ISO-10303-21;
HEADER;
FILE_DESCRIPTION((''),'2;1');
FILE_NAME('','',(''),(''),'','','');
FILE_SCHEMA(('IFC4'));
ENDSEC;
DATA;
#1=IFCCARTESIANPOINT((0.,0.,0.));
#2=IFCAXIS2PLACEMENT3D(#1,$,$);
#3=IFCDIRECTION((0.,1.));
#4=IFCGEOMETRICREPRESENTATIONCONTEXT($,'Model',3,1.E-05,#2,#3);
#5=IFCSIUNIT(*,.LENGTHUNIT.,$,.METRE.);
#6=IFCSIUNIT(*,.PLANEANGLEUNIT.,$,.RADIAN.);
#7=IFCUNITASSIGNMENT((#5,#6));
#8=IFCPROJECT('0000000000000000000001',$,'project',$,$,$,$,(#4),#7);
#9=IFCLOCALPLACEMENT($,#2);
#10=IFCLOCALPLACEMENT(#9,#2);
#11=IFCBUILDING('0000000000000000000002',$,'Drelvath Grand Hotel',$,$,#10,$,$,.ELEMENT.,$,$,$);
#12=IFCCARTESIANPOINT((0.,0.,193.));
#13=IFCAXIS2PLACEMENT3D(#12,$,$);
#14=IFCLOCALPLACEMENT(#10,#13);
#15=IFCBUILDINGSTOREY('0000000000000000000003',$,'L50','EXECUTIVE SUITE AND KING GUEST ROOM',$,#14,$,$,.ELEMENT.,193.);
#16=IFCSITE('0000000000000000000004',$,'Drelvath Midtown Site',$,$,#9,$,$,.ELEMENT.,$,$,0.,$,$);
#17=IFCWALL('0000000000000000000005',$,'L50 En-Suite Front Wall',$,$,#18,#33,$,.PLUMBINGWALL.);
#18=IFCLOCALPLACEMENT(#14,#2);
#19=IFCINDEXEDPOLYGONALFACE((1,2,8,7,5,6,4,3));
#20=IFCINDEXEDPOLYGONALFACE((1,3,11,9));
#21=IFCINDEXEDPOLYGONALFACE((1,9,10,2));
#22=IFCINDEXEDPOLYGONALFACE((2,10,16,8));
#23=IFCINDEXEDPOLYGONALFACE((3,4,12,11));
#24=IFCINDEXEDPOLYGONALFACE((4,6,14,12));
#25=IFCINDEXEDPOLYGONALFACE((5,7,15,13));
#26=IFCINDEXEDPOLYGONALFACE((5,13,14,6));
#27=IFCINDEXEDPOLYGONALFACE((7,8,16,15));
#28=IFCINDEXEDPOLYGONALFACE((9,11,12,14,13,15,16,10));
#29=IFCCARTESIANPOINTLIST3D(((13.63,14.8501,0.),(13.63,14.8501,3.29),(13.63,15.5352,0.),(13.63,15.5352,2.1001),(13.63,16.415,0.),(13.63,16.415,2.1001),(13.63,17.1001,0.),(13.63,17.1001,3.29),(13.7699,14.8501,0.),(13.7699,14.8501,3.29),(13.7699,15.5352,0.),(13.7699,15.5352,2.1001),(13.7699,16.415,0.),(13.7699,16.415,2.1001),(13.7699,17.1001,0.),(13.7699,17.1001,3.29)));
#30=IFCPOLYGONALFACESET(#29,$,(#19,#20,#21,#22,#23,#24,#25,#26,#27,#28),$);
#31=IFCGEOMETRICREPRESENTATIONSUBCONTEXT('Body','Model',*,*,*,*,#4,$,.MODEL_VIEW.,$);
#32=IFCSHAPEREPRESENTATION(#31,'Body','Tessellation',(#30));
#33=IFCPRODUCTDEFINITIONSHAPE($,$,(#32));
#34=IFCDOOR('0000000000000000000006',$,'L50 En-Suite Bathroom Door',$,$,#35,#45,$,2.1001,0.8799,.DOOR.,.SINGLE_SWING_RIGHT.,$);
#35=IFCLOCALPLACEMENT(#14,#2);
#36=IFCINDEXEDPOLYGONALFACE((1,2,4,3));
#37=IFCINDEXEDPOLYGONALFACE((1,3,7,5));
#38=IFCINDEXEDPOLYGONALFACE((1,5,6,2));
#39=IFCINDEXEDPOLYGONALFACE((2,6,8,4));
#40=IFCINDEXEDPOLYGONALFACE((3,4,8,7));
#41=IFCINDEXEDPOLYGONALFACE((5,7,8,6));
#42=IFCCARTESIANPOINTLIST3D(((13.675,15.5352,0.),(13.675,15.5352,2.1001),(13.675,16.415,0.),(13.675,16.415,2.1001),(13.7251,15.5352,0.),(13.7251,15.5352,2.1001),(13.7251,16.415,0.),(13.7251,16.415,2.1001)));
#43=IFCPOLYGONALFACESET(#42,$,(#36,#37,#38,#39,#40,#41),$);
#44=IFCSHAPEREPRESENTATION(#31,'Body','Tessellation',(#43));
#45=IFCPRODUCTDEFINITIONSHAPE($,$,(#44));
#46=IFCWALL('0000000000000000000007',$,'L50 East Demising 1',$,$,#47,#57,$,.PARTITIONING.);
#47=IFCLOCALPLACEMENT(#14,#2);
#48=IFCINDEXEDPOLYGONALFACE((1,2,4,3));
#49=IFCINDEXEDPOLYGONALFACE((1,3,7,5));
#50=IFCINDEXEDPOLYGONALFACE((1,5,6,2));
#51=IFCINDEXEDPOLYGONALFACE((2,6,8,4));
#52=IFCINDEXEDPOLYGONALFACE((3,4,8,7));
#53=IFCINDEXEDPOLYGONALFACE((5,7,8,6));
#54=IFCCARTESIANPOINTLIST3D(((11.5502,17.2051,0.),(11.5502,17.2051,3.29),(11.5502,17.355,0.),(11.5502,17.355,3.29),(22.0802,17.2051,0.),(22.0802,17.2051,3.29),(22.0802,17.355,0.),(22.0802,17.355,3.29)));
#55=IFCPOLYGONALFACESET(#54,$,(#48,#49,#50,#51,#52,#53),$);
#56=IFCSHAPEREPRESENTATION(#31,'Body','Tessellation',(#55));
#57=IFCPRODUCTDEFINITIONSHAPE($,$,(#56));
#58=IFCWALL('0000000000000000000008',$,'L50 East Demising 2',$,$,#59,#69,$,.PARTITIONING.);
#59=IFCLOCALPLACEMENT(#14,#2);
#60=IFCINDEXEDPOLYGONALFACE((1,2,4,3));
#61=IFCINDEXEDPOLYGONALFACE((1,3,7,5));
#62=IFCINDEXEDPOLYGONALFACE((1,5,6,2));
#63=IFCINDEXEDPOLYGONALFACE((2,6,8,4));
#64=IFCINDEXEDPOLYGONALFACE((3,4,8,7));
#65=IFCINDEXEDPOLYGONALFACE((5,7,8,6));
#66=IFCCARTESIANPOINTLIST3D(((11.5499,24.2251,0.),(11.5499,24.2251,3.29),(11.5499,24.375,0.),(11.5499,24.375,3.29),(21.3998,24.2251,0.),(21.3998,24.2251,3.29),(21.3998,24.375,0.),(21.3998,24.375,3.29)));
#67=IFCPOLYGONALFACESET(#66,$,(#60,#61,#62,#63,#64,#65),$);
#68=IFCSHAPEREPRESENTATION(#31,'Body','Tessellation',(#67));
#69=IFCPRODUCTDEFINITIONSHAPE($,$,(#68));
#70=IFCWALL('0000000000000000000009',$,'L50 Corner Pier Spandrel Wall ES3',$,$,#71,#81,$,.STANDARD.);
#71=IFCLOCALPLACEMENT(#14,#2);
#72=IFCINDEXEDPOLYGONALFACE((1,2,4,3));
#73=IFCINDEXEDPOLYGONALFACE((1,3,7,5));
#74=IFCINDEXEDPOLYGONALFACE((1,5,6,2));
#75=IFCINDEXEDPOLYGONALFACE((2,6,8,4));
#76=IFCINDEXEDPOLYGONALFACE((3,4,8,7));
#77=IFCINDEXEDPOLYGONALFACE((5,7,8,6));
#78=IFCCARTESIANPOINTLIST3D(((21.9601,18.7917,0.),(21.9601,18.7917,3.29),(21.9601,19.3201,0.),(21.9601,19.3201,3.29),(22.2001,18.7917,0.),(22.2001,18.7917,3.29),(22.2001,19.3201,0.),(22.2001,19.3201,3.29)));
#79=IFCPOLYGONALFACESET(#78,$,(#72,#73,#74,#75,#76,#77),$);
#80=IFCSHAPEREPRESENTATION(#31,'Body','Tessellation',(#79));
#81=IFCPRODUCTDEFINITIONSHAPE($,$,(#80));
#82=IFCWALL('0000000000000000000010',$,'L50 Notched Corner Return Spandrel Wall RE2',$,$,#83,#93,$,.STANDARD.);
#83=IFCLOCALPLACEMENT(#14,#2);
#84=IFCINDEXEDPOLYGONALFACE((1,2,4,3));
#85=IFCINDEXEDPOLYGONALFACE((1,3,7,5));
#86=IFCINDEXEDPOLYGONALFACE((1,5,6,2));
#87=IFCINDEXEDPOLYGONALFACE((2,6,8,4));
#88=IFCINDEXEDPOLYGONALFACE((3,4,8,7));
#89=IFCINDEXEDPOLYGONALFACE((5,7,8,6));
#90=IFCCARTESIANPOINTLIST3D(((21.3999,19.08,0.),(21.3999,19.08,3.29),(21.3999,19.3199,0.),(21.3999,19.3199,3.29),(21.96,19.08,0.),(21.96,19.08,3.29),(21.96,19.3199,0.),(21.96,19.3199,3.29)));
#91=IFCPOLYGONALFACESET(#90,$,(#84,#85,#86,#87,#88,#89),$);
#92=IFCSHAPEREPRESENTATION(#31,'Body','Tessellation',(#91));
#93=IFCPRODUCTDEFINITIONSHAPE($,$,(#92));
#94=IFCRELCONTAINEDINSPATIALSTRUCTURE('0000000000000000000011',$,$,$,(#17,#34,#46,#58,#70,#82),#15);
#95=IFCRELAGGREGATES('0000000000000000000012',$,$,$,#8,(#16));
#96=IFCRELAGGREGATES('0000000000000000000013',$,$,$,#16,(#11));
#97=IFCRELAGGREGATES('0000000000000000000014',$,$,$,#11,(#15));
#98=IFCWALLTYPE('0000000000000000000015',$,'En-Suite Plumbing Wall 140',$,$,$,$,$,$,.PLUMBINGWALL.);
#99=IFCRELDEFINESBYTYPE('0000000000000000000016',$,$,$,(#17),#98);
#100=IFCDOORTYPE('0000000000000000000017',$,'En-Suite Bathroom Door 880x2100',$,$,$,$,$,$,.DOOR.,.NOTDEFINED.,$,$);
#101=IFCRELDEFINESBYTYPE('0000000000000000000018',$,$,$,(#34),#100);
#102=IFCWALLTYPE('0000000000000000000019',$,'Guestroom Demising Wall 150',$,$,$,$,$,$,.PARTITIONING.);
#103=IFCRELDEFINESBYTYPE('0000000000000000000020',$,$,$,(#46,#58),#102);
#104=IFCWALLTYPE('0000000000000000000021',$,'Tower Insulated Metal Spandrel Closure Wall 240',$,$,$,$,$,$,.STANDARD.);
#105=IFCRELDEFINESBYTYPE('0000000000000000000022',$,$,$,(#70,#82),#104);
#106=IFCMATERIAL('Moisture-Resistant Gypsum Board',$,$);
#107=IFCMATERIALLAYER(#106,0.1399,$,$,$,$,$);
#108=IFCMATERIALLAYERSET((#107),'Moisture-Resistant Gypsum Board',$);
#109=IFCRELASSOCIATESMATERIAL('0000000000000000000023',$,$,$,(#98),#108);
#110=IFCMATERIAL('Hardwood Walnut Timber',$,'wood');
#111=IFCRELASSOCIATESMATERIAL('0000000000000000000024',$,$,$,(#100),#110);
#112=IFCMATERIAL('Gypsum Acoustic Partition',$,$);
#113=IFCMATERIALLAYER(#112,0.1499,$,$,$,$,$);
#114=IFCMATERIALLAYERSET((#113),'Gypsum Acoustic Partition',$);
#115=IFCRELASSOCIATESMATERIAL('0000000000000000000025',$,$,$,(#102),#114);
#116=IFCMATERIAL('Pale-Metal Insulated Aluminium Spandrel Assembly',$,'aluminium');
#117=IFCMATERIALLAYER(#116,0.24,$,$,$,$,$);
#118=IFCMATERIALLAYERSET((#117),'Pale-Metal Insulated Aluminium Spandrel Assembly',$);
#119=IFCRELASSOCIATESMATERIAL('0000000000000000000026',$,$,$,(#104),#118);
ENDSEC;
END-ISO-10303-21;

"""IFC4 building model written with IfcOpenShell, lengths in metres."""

from ifc_helpers import new_model, si_unit, direction, frame, frame_2d, origin, place, context, subcontext, project, spatial, rectangle, extrude, material, layer, layer_set, type_object, element, fill, save


model = new_model("IFC4")

# Units and contexts
model_context = context("Model", 3, precision=1e-05, world=origin(), true_north=direction((0.0, 1.0)))
body_context = subcontext(model_context, "Body", "Model", "MODEL_VIEW")
ifc_project = project(units=[si_unit("LENGTHUNIT", "METRE"), si_unit("PLANEANGLEUNIT", "RADIAN")], contexts=[model_context])

# Site, building, storey
site_placement = place(None, origin())
site = spatial("IfcSite", under=ifc_project, at=site_placement, Name="Drelvath Midtown Site", CompositionType="ELEMENT", RefElevation=0.0)
building_placement = place(site_placement, origin())
building = spatial("IfcBuilding", under=site, at=building_placement, Name="Drelvath Grand Hotel", CompositionType="ELEMENT")
storey_placement = place(building_placement, frame((0.0, 0.0, 193.0)))
storey = spatial("IfcBuildingStorey", under=building, at=storey_placement, Name="L50", Description="EXECUTIVE SUITE AND KING GUEST ROOM", CompositionType="ELEMENT", Elevation=193.0)

# Wall, opening, door
ifc_material_1 = material(Name="Moisture-Resistant Gypsum Board")
ifc_layer_1 = layer(ifc_material_1, 0.1399)
ifc_layer_set_1 = layer_set([ifc_layer_1], Name="Moisture-Resistant Gypsum Board")
wall_type_1 = type_object("IfcWallType", Name="En-Suite Plumbing Wall 140", PredefinedType="PLUMBINGWALL", material=ifc_layer_set_1)
wall_1_placement = place(storey_placement, frame((13.7, 14.8501, 0.0), z_axis=(0.0, 0.0, 1.0), x_axis=(0.0, 1.0, 0.0)))
wall_1 = element("IfcWall", 1, at=wall_1_placement, inside=storey, type_object=wall_type_1, Name="L50 En-Suite Front Wall", PredefinedType="PLUMBINGWALL", context=body_context, shape_type="SweptSolid", body=[
    extrude(rectangle(XDim=2.25, YDim=0.1399, at=frame_2d((1.125, 0.0))), origin(), (0.0, 0.0, 1.0), 3.29),
])
opening_placement = place(wall_1_placement, frame((0.6851, 0.0, 0.0)))
opening = element("IfcOpeningElement", 2, at=opening_placement, cuts=wall_1, PredefinedType="OPENING", context=body_context, shape_type="SweptSolid", body=[
    extrude(rectangle(XDim=0.8799, YDim=2.1001, at=frame_2d((0.4399, 1.05))), frame((0.0, 0.0798, 0.0), z_axis=(0.0, -1.0, 0.0), x_axis=(1.0, 0.0, 0.0)), (0.0, 0.0, 1.0), 0.1599),
])
ifc_material_2 = material(Name="Hardwood Walnut Timber", Category="wood")
door_type = type_object("IfcDoorType", Name="En-Suite Bathroom Door 880x2100", OperationType="NOTDEFINED", PredefinedType="DOOR", material=ifc_material_2)
door_placement = place(opening_placement, origin())
door = element("IfcDoor", 3, at=door_placement, inside=storey, type_object=door_type, Name="L50 En-Suite Bathroom Door", OperationType="SINGLE_SWING_RIGHT", OverallHeight=2.1001, OverallWidth=0.8799, PredefinedType="DOOR", context=body_context, shape_type="SweptSolid", body=[
    extrude(rectangle(XDim=0.8799, YDim=2.1001, at=frame_2d((0.4399, 1.05))), frame((0.0, 0.0249, 0.0), z_axis=(0.0, -1.0, 0.0), x_axis=(1.0, 0.0, 0.0)), (0.0, 0.0, 1.0), 0.05),
])
fill(opening, door)

# Walls
ifc_material_3 = material(Name="Gypsum Acoustic Partition")
ifc_layer_2 = layer(ifc_material_3, 0.1499)
ifc_layer_set_2 = layer_set([ifc_layer_2], Name="Gypsum Acoustic Partition")
wall_type_2 = type_object("IfcWallType", Name="Guestroom Demising Wall 150", PredefinedType="PARTITIONING", material=ifc_layer_set_2)
wall_2_placement = place(storey_placement, frame((11.55, 17.28, 0.0), z_axis=(0.0, 0.0, 1.0), x_axis=(1.0, 0.0, 0.0)))
element("IfcWall", 4, at=wall_2_placement, inside=storey, type_object=wall_type_2, Name="L50 East Demising 1", PredefinedType="PARTITIONING", context=body_context, shape_type="SweptSolid", body=[
    extrude(rectangle(XDim=10.53, YDim=0.1499, at=frame_2d((5.2651, 0.0))), origin(), (0.0, 0.0, 1.0), 3.29),
])
wall_3_placement = place(storey_placement, frame((11.55, 24.3, 0.0), z_axis=(0.0, 0.0, 1.0), x_axis=(1.0, 0.0, 0.0)))
element("IfcWall", 5, at=wall_3_placement, inside=storey, type_object=wall_type_2, Name="L50 East Demising 2", PredefinedType="PARTITIONING", context=body_context, shape_type="SweptSolid", body=[
    extrude(rectangle(XDim=9.8499, YDim=0.1499, at=frame_2d((4.9248, 0.0))), origin(), (0.0, 0.0, 1.0), 3.29),
])
ifc_material_4 = material(Name="Pale-Metal Insulated Aluminium Spandrel Assembly", Category="aluminium")
ifc_layer_3 = layer(ifc_material_4, 0.24)
ifc_layer_set_3 = layer_set([ifc_layer_3], Name="Pale-Metal Insulated Aluminium Spandrel Assembly")
wall_type_3 = type_object("IfcWallType", Name="Tower Insulated Metal Spandrel Closure Wall 240", PredefinedType="STANDARD", material=ifc_layer_set_3)
wall_4_placement = place(storey_placement, frame((22.0801, 19.3201, 0.0), z_axis=(0.0, 0.0, 1.0), x_axis=(0.0, -1.0, 0.0)))
element("IfcWall", 6, at=wall_4_placement, inside=storey, type_object=wall_type_3, Name="L50 Corner Pier Spandrel Wall ES3", PredefinedType="STANDARD", context=body_context, shape_type="SweptSolid", body=[
    extrude(rectangle(XDim=0.5283, YDim=0.24, at=frame_2d((0.2642, 0.0))), origin(), (0.0, 0.0, 1.0), 3.29),
])
wall_5_placement = place(storey_placement, frame((21.3999, 19.2, 0.0), z_axis=(0.0, 0.0, 1.0), x_axis=(1.0, 0.0, 0.0)))
element("IfcWall", 7, at=wall_5_placement, inside=storey, type_object=wall_type_3, Name="L50 Notched Corner Return Spandrel Wall RE2", PredefinedType="STANDARD", context=body_context, shape_type="SweptSolid", body=[
    extrude(rectangle(XDim=0.5601, YDim=0.24, at=frame_2d((0.28, 0.0))), origin(), (0.0, 0.0, 1.0), 3.29),
])

save(model, "model.ifc")
